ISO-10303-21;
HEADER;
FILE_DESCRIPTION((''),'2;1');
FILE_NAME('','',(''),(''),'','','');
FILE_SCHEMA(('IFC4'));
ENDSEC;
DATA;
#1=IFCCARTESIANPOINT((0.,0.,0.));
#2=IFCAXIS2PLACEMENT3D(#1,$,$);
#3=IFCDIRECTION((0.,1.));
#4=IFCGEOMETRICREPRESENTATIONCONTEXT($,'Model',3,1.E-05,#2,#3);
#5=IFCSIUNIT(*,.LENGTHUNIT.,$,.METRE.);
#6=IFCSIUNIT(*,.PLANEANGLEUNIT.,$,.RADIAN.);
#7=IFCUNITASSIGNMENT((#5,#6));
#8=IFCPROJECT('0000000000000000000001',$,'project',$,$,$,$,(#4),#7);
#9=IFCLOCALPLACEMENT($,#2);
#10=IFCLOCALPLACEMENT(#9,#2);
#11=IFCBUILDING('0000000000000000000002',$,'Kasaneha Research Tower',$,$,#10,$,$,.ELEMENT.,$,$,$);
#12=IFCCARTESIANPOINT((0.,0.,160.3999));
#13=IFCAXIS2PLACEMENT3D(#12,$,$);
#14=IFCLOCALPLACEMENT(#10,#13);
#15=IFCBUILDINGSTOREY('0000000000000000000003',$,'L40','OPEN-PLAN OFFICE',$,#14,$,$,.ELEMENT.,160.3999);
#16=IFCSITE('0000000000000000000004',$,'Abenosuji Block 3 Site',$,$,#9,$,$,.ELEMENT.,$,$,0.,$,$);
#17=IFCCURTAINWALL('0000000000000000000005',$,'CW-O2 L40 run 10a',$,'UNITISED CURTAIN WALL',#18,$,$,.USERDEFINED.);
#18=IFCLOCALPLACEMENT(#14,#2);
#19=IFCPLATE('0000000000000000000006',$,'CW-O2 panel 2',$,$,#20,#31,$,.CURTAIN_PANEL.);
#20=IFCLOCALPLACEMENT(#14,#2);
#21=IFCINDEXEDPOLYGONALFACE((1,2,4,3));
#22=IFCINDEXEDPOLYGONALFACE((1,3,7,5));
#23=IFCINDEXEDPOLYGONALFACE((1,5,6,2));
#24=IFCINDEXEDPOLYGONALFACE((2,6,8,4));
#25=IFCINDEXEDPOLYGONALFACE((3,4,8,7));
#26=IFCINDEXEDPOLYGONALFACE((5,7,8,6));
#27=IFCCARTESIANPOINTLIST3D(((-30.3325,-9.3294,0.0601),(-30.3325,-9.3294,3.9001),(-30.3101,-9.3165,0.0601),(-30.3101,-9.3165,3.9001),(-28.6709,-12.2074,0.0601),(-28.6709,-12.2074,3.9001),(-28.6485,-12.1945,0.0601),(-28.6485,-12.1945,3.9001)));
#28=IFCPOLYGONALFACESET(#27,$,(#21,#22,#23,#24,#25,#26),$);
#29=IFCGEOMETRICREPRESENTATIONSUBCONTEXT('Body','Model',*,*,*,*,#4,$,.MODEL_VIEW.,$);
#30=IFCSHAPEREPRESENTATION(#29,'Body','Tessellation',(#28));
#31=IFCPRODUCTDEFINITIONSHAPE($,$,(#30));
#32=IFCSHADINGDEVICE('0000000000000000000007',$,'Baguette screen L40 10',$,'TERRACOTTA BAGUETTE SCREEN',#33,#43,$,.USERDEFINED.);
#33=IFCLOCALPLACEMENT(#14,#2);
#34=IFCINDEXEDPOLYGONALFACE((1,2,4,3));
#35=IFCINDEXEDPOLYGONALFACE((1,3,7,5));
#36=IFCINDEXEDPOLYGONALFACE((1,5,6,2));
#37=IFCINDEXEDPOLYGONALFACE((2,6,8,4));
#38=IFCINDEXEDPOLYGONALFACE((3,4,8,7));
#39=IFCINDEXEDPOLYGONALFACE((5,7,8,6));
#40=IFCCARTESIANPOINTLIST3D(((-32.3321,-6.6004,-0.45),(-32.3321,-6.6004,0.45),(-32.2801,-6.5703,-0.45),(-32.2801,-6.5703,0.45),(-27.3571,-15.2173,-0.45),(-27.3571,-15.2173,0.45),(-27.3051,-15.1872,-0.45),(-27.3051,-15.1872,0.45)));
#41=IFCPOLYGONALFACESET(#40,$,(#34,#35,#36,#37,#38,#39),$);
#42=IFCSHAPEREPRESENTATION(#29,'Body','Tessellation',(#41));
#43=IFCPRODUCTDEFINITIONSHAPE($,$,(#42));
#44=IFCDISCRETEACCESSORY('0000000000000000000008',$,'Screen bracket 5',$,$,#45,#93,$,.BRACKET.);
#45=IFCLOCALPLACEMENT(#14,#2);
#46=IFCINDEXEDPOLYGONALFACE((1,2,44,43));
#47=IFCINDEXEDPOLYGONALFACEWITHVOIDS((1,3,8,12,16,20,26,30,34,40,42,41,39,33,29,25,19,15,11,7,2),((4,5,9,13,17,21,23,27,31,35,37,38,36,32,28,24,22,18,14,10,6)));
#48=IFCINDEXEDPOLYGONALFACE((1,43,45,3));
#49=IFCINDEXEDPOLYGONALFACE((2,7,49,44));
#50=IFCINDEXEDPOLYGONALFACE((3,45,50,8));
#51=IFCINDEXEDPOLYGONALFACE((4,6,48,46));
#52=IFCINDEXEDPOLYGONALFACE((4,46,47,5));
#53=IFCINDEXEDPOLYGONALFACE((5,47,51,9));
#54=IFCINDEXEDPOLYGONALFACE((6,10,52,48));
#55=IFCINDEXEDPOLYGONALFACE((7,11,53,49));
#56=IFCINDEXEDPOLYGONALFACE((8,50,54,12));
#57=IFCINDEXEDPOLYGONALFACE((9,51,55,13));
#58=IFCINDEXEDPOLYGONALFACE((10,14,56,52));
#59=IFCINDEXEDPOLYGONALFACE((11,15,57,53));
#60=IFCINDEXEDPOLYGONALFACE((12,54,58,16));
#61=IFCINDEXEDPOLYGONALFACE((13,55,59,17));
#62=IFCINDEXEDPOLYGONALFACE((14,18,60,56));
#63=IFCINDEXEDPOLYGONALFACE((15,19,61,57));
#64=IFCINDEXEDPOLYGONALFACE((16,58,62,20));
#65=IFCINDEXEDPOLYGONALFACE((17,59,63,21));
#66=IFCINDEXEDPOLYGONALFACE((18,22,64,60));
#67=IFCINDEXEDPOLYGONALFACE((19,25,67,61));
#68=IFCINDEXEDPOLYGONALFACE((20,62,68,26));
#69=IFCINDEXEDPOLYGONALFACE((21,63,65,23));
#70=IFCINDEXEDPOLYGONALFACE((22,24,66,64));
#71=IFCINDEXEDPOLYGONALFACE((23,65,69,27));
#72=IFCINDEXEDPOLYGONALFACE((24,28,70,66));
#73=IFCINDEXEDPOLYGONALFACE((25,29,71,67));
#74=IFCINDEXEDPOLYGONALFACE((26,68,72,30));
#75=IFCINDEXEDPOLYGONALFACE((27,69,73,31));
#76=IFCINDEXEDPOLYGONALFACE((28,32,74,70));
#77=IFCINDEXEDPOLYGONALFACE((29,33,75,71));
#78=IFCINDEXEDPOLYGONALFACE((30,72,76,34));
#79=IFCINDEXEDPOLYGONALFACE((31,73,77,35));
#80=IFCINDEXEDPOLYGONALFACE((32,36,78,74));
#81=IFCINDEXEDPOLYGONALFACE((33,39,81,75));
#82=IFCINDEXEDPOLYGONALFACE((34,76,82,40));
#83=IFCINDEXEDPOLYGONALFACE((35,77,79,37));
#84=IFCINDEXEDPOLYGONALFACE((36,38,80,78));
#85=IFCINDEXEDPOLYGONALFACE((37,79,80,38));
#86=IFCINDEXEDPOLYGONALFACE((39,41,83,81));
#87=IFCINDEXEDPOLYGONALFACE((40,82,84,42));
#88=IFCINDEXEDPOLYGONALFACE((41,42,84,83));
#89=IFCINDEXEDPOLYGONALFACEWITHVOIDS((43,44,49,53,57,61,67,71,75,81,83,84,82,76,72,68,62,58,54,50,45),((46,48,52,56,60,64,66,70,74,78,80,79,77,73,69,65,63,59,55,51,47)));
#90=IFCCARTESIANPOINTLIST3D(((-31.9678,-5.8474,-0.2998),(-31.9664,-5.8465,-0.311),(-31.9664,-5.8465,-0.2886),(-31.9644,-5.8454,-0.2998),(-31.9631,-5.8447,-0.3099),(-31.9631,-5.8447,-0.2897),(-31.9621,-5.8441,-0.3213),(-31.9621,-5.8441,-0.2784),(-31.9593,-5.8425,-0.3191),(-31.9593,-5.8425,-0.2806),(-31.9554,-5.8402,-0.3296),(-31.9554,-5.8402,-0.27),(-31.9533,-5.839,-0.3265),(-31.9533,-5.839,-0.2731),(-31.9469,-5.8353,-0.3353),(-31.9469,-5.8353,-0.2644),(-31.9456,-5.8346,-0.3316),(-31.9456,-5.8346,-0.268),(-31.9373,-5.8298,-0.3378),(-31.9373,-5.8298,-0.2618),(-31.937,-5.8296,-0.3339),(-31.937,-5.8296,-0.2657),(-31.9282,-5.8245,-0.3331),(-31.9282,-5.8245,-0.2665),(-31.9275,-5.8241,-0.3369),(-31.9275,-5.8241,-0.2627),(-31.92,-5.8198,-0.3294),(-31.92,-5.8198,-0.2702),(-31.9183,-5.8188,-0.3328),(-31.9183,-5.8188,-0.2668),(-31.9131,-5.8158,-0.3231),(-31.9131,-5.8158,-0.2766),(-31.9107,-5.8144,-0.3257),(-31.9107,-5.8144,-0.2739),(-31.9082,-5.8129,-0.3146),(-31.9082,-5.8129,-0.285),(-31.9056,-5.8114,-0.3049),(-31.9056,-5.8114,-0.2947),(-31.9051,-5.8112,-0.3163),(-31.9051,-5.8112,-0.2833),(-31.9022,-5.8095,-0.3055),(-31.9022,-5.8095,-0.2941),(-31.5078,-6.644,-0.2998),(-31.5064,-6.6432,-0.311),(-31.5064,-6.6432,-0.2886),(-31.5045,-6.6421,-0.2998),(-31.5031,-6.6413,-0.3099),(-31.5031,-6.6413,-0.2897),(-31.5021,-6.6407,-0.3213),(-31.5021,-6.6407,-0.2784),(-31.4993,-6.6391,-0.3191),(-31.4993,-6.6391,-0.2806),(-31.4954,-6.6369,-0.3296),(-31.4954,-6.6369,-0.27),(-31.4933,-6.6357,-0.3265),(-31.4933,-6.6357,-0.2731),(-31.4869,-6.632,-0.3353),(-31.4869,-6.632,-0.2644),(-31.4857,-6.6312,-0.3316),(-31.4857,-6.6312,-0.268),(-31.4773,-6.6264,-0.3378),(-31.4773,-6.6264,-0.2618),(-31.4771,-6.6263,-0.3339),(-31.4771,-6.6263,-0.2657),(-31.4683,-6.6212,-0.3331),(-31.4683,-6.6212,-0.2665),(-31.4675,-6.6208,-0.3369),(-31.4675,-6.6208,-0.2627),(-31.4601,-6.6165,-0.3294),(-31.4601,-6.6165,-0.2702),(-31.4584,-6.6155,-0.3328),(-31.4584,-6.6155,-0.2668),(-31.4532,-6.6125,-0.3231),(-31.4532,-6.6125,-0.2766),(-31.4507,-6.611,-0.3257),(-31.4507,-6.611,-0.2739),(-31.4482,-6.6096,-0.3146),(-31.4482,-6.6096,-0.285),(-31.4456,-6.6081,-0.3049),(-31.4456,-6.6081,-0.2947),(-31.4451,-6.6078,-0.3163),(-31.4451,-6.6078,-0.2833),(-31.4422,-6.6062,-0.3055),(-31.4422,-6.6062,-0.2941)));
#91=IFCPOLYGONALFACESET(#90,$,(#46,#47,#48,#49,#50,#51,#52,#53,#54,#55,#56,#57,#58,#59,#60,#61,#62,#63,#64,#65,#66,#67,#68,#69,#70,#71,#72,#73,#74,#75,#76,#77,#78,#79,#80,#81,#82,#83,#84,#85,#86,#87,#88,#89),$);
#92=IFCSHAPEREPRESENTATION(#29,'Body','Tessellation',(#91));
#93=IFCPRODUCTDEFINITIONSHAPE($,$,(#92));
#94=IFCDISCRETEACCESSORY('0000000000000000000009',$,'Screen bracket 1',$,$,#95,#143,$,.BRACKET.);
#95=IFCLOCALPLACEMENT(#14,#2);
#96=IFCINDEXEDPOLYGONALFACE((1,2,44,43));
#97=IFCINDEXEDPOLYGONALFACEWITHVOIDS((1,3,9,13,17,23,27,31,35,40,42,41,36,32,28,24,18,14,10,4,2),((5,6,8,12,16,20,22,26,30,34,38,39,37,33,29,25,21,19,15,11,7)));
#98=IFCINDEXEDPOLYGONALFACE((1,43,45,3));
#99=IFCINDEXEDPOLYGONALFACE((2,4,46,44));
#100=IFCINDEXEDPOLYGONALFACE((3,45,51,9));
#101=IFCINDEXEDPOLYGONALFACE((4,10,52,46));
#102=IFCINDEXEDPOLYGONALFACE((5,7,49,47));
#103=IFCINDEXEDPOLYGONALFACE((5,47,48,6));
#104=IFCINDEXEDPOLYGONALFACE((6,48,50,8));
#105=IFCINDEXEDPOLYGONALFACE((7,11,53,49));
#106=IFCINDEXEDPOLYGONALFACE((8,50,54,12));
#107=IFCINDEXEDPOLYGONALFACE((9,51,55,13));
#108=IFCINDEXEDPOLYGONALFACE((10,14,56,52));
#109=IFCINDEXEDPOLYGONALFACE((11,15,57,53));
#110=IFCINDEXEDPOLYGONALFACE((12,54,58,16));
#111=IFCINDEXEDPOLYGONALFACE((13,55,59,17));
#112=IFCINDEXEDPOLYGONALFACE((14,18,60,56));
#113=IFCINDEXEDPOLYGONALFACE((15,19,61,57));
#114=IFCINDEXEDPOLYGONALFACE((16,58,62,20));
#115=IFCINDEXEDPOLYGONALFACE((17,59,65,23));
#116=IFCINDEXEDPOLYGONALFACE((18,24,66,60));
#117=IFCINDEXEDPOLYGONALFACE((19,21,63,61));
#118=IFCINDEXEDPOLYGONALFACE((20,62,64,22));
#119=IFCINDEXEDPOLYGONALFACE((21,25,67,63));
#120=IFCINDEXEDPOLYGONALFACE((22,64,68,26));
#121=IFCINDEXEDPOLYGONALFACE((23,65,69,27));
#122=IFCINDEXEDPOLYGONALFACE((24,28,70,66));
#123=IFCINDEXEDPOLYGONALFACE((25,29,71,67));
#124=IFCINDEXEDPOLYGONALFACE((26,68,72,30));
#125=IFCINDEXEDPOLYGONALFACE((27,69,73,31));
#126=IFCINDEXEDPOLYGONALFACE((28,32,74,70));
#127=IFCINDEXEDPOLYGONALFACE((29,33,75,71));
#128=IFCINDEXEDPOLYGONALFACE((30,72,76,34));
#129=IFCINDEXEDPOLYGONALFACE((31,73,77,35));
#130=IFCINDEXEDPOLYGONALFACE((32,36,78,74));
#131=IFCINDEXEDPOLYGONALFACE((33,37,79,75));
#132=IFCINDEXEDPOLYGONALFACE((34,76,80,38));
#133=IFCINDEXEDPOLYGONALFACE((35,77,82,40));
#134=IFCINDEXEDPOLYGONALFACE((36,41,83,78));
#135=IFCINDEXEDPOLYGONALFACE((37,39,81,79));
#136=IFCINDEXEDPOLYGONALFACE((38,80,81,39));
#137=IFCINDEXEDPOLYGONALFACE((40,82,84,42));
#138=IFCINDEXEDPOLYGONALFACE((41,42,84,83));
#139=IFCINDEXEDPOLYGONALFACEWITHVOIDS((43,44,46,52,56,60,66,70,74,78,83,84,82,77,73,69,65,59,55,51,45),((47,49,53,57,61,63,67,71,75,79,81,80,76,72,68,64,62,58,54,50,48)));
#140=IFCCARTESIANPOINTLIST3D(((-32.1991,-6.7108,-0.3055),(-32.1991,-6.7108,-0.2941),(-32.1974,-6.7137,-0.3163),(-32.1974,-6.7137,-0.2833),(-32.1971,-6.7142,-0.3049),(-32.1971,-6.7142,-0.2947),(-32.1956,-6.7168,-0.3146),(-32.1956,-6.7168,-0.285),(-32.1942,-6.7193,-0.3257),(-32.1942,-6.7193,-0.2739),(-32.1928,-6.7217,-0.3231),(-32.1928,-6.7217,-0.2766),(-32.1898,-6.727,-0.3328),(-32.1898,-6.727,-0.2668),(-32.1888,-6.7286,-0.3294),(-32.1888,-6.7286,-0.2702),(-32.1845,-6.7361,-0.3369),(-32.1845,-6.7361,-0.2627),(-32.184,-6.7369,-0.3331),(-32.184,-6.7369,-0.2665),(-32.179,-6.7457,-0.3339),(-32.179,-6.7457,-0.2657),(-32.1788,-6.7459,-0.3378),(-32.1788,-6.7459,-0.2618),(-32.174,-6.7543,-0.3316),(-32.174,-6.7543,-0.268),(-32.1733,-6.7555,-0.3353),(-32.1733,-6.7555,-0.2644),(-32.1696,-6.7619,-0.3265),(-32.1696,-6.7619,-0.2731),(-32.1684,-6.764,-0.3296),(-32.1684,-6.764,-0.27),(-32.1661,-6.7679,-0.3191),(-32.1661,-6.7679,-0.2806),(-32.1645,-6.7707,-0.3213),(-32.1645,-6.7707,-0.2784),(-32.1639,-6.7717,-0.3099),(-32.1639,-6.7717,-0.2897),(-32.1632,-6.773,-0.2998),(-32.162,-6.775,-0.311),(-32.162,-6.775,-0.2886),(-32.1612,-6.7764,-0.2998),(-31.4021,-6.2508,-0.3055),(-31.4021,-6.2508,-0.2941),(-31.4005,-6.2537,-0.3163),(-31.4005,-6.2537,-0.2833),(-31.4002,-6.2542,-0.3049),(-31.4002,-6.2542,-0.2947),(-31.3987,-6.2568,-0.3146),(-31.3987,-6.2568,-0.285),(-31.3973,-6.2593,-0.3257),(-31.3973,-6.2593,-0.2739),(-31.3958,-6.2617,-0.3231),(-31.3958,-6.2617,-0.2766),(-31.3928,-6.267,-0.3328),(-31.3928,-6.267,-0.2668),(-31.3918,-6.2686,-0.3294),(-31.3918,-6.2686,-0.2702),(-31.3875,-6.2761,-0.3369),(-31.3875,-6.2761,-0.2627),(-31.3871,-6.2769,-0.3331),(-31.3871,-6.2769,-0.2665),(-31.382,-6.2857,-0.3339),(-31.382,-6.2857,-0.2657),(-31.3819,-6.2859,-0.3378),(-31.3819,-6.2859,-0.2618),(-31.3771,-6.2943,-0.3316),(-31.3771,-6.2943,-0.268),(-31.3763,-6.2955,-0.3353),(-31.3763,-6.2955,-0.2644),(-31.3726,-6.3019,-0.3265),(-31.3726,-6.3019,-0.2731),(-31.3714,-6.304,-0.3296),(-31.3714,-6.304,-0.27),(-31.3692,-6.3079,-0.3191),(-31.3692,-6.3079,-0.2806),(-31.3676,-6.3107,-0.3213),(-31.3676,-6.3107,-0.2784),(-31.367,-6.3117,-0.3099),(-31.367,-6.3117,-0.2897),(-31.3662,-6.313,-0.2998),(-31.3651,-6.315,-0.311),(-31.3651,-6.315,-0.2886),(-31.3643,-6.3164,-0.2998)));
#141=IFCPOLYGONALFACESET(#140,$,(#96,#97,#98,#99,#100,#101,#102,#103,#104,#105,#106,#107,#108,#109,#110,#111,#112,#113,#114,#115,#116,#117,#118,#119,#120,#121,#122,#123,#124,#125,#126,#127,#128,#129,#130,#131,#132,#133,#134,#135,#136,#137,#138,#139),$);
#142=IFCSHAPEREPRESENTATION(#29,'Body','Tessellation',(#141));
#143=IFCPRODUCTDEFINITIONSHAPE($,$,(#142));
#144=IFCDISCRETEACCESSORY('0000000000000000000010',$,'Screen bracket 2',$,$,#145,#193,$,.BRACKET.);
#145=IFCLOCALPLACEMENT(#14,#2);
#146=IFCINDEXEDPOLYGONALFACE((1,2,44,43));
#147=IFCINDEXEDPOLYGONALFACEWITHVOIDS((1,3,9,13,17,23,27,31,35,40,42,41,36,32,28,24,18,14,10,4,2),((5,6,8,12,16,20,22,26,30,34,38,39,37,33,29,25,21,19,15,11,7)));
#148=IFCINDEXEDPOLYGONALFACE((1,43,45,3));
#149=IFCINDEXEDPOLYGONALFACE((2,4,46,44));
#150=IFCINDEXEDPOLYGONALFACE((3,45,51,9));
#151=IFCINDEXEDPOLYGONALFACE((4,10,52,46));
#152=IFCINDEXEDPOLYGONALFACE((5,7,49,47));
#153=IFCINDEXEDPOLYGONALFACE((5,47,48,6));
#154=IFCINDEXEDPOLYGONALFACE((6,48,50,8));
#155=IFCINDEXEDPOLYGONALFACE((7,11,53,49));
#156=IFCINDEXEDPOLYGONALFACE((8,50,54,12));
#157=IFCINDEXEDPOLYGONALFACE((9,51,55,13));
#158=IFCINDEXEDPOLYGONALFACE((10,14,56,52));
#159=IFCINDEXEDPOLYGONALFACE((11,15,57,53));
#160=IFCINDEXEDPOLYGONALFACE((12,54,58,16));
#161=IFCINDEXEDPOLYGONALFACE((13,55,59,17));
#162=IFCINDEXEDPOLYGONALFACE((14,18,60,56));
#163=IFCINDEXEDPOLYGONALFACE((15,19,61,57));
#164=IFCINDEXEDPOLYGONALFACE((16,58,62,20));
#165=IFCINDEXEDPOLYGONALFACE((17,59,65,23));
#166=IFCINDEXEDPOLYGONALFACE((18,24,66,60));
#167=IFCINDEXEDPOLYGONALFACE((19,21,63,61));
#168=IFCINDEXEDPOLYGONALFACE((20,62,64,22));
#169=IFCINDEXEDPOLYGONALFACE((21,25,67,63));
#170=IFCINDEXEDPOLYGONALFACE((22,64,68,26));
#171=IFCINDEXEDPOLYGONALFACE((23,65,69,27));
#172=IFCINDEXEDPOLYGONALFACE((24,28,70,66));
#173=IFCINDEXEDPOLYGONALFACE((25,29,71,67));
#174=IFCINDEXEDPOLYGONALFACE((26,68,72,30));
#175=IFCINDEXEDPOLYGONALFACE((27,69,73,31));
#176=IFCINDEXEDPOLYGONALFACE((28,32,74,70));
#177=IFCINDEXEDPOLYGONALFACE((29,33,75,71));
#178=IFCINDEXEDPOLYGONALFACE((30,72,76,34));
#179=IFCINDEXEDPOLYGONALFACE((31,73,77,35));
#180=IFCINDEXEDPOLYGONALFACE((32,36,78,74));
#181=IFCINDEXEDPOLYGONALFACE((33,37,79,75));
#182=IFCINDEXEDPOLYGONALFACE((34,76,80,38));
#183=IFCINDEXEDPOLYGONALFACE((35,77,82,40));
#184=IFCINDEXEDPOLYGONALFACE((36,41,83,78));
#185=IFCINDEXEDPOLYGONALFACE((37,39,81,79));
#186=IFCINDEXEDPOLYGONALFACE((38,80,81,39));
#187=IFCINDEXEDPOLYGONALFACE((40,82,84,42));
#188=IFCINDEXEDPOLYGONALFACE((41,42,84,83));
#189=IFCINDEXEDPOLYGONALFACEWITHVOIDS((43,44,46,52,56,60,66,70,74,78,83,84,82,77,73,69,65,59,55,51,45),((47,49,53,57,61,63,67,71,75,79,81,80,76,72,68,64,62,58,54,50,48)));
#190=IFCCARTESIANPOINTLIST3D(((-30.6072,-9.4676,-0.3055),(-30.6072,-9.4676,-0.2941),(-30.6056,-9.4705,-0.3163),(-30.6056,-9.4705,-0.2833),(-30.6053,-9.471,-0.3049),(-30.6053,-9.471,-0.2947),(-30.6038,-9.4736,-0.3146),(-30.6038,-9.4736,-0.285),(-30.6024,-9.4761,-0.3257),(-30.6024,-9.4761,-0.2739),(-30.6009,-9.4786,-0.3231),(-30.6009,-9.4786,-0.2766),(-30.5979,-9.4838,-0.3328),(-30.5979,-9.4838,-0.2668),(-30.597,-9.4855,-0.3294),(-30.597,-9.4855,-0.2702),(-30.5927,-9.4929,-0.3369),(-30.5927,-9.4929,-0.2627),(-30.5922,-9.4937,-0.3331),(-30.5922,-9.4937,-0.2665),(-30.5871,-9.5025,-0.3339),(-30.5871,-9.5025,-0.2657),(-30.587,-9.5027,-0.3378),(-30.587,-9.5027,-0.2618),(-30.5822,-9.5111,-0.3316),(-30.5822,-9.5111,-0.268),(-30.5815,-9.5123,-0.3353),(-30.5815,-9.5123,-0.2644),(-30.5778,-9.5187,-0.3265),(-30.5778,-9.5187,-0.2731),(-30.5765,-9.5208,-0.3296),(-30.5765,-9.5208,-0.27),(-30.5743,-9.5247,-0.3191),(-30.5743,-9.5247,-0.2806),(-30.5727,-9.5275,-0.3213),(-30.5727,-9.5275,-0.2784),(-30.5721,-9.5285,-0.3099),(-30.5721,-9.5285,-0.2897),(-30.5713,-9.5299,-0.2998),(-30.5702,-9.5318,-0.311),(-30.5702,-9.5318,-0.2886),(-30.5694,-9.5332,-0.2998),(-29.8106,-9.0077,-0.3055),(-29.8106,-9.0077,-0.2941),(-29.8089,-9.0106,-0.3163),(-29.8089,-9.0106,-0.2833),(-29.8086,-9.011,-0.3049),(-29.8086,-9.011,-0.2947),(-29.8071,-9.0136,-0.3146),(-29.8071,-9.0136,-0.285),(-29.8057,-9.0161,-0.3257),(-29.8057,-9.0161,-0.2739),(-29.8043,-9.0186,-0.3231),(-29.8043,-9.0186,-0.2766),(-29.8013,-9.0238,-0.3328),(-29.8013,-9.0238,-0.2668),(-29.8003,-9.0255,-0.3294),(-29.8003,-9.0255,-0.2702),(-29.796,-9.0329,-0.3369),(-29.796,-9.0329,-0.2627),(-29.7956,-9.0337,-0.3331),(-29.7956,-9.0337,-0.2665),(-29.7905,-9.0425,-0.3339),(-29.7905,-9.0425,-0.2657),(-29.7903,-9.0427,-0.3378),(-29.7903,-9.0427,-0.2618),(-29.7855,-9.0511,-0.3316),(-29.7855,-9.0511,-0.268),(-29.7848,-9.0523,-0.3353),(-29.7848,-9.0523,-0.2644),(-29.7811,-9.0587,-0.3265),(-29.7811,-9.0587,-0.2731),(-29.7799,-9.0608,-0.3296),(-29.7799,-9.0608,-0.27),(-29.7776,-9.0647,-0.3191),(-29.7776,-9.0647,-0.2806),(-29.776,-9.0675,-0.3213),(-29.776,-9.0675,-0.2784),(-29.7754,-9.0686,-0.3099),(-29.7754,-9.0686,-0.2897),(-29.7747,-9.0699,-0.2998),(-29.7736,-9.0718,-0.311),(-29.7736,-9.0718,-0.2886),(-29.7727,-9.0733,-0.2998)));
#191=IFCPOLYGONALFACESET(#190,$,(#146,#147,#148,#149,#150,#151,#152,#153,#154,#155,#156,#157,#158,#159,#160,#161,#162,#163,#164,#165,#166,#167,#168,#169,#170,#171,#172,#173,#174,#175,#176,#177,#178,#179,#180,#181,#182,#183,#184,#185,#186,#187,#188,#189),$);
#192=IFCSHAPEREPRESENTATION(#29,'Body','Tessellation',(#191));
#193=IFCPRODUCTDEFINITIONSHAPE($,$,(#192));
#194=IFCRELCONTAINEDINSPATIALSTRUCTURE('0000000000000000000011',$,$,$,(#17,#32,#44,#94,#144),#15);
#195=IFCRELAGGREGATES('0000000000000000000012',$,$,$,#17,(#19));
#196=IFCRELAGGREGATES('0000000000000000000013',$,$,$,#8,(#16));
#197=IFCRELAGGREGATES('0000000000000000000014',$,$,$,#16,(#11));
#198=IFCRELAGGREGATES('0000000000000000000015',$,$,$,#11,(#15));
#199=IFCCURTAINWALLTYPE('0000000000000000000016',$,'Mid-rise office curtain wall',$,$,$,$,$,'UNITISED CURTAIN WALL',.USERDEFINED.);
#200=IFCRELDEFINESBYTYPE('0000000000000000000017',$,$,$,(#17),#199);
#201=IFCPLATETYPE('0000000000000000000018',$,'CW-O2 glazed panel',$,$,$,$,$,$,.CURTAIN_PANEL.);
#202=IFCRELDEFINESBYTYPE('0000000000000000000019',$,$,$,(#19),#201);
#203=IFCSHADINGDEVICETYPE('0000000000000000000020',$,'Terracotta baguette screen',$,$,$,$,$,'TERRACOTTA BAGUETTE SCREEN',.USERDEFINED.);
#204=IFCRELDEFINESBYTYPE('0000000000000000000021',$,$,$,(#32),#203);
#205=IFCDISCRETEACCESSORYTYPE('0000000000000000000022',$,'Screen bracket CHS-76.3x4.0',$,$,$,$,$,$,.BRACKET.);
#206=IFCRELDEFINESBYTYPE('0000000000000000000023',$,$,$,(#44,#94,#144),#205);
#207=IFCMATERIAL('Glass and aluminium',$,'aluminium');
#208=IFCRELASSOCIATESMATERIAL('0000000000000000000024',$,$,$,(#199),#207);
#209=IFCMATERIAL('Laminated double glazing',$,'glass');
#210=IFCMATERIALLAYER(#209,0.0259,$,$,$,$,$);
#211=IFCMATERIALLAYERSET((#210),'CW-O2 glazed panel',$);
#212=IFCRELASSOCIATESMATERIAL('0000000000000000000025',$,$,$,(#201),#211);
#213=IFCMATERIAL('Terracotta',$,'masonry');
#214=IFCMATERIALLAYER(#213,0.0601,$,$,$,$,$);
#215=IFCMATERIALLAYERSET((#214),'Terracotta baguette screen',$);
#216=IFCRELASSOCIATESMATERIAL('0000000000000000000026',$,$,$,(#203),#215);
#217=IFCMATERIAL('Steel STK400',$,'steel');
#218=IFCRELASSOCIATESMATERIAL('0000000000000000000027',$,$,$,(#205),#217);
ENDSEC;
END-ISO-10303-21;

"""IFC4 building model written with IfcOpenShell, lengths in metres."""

from ifc_helpers import new_model, si_unit, direction, frame, origin, origin_2d, place, context, subcontext, project, spatial, rectangle, hollow_circle, extrude, material, layer, layer_set, material_profile, profile_set, type_object, element, aggregate, save


model = new_model("IFC4")

# Units and contexts
model_context = context("Model", 3, precision=1e-05, world=origin(), true_north=direction((0.0, 1.0)))
body_context = subcontext(model_context, "Body", "Model", "MODEL_VIEW")
ifc_project = project(units=[si_unit("LENGTHUNIT", "METRE"), si_unit("PLANEANGLEUNIT", "RADIAN")], contexts=[model_context])

# Site, building, storey
site_placement = place(None, origin())
site = spatial("IfcSite", under=ifc_project, at=site_placement, Name="Abenosuji Block 3 Site", CompositionType="ELEMENT", RefElevation=0.0)
building_placement = place(site_placement, origin())
building = spatial("IfcBuilding", under=site, at=building_placement, Name="Kasaneha Research Tower", CompositionType="ELEMENT")
storey_placement = place(building_placement, frame((0.0, 0.0, 160.3999)))
storey = spatial("IfcBuildingStorey", under=building, at=storey_placement, Name="L40", Description="OPEN-PLAN OFFICE", CompositionType="ELEMENT", Elevation=160.3999)

# Curtain wall
ifc_material_1 = material(Name="Glass and aluminium", Category="aluminium")
curtain_wall_type = type_object("IfcCurtainWallType", Name="Mid-rise office curtain wall", ElementType="UNITISED CURTAIN WALL", PredefinedType="USERDEFINED", material=ifc_material_1)
curtain_wall_1_placement = place(storey_placement, origin())
curtain_wall_1 = element("IfcCurtainWall", 1, at=curtain_wall_1_placement, inside=storey, type_object=curtain_wall_type, Name="CW-O2 L40 run 10a", ObjectType="UNITISED CURTAIN WALL", PredefinedType="USERDEFINED")

# Plate
ifc_material_2 = material(Name="Laminated double glazing", Category="glass")
ifc_layer_1 = layer(ifc_material_2, 0.0259)
ifc_layer_set_1 = layer_set([ifc_layer_1], Name="CW-O2 glazed panel")
plate_type = type_object("IfcPlateType", Name="CW-O2 glazed panel", PredefinedType="CURTAIN_PANEL", material=ifc_layer_set_1)
plate_1_placement = place(storey_placement, frame((-29.4905, -10.762, 0.0601), z_axis=(0.0, 0.0, 1.0), x_axis=(0.5, -0.866025, 0.0)))
plate_1 = element("IfcPlate", 2, at=plate_1_placement, type_object=plate_type, Name="CW-O2 panel 2", PredefinedType="CURTAIN_PANEL", context=body_context, shape_type="SweptSolid", body=[
    extrude(rectangle(XDim=3.3232, YDim=0.0259, at=origin_2d()), origin(), (0.0, 0.0, 1.0), 3.8401),
])
aggregate(curtain_wall_1, [plate_1])

# Shading device
ifc_material_3 = material(Name="Terracotta", Category="masonry")
ifc_layer_2 = layer(ifc_material_3, 0.0601)
ifc_layer_set_2 = layer_set([ifc_layer_2], Name="Terracotta baguette screen")
shading_device_type = type_object("IfcShadingDeviceType", Name="Terracotta baguette screen", ElementType="TERRACOTTA BAGUETTE SCREEN", PredefinedType="USERDEFINED", material=ifc_layer_set_2)
shading_device_placement = place(storey_placement, frame((-29.8186, -10.8938, -0.45), z_axis=(0.0, 0.0, 1.0), x_axis=(0.5, -0.866025, 0.0)))
element("IfcShadingDevice", 3, at=shading_device_placement, inside=storey, type_object=shading_device_type, Name="Baguette screen L40 10", ObjectType="TERRACOTTA BAGUETTE SCREEN", PredefinedType="USERDEFINED", context=body_context, shape_type="SweptSolid", body=[
    extrude(rectangle(XDim=9.95, YDim=0.0601, at=origin_2d()), origin(), (0.0, 0.0, 1.0), 0.8999),
])

# Discrete accessories
ifc_material_4 = material(Name="Steel STK400", Category="steel")
ifc_material_profile_1 = material_profile(ifc_material_4, hollow_circle(Radius=0.0381, WallThickness=0.0039, at=origin_2d()), Name="CHS-76.3x4.0")
ifc_profile_set_1 = profile_set([ifc_material_profile_1], Name="Steel STK400")
discrete_accessory_type = type_object("IfcDiscreteAccessoryType", Name="Screen bracket CHS-76.3x4.0", PredefinedType="BRACKET", material=ifc_profile_set_1)
discrete_accessory_1_placement = place(storey_placement, frame((-31.4749, -6.625, -0.2998), z_axis=(-0.500021, 0.866013, 0.0), x_axis=(-0.866013, -0.500021, 0.0)))
element("IfcDiscreteAccessory", 4, at=discrete_accessory_1_placement, inside=storey, type_object=discrete_accessory_type, Name="Screen bracket 5", PredefinedType="BRACKET", context=body_context, shape_type="SweptSolid", body=[
    extrude(hollow_circle(Radius=0.0381, WallThickness=0.0039, at=origin_2d()), origin(), (0.0, 0.0, 1.0), 0.9199),
])
discrete_accessory_2_placement = place(storey_placement, frame((-31.3833, -6.2834, -0.2998), z_axis=(-0.86608, -0.499906, 0.0), x_axis=(0.499906, -0.86608, 0.0)))
element("IfcDiscreteAccessory", 5, at=discrete_accessory_2_placement, inside=storey, type_object=discrete_accessory_type, Name="Screen bracket 1", PredefinedType="BRACKET", context=body_context, shape_type="SweptSolid", body=[
    extrude(hollow_circle(Radius=0.0381, WallThickness=0.0039, at=origin_2d()), origin(), (0.0, 0.0, 1.0), 0.9202),
])
discrete_accessory_3_placement = place(storey_placement, frame((-29.7917, -9.0403, -0.2998), z_axis=(-0.866013, -0.500021, 0.0), x_axis=(0.500021, -0.866013, 0.0)))
element("IfcDiscreteAccessory", 6, at=discrete_accessory_3_placement, inside=storey, type_object=discrete_accessory_type, Name="Screen bracket 2", PredefinedType="BRACKET", context=body_context, shape_type="SweptSolid", body=[
    extrude(hollow_circle(Radius=0.0381, WallThickness=0.0039, at=origin_2d()), origin(), (0.0, 0.0, 1.0), 0.9199),
])

save(model, "model.ifc")
